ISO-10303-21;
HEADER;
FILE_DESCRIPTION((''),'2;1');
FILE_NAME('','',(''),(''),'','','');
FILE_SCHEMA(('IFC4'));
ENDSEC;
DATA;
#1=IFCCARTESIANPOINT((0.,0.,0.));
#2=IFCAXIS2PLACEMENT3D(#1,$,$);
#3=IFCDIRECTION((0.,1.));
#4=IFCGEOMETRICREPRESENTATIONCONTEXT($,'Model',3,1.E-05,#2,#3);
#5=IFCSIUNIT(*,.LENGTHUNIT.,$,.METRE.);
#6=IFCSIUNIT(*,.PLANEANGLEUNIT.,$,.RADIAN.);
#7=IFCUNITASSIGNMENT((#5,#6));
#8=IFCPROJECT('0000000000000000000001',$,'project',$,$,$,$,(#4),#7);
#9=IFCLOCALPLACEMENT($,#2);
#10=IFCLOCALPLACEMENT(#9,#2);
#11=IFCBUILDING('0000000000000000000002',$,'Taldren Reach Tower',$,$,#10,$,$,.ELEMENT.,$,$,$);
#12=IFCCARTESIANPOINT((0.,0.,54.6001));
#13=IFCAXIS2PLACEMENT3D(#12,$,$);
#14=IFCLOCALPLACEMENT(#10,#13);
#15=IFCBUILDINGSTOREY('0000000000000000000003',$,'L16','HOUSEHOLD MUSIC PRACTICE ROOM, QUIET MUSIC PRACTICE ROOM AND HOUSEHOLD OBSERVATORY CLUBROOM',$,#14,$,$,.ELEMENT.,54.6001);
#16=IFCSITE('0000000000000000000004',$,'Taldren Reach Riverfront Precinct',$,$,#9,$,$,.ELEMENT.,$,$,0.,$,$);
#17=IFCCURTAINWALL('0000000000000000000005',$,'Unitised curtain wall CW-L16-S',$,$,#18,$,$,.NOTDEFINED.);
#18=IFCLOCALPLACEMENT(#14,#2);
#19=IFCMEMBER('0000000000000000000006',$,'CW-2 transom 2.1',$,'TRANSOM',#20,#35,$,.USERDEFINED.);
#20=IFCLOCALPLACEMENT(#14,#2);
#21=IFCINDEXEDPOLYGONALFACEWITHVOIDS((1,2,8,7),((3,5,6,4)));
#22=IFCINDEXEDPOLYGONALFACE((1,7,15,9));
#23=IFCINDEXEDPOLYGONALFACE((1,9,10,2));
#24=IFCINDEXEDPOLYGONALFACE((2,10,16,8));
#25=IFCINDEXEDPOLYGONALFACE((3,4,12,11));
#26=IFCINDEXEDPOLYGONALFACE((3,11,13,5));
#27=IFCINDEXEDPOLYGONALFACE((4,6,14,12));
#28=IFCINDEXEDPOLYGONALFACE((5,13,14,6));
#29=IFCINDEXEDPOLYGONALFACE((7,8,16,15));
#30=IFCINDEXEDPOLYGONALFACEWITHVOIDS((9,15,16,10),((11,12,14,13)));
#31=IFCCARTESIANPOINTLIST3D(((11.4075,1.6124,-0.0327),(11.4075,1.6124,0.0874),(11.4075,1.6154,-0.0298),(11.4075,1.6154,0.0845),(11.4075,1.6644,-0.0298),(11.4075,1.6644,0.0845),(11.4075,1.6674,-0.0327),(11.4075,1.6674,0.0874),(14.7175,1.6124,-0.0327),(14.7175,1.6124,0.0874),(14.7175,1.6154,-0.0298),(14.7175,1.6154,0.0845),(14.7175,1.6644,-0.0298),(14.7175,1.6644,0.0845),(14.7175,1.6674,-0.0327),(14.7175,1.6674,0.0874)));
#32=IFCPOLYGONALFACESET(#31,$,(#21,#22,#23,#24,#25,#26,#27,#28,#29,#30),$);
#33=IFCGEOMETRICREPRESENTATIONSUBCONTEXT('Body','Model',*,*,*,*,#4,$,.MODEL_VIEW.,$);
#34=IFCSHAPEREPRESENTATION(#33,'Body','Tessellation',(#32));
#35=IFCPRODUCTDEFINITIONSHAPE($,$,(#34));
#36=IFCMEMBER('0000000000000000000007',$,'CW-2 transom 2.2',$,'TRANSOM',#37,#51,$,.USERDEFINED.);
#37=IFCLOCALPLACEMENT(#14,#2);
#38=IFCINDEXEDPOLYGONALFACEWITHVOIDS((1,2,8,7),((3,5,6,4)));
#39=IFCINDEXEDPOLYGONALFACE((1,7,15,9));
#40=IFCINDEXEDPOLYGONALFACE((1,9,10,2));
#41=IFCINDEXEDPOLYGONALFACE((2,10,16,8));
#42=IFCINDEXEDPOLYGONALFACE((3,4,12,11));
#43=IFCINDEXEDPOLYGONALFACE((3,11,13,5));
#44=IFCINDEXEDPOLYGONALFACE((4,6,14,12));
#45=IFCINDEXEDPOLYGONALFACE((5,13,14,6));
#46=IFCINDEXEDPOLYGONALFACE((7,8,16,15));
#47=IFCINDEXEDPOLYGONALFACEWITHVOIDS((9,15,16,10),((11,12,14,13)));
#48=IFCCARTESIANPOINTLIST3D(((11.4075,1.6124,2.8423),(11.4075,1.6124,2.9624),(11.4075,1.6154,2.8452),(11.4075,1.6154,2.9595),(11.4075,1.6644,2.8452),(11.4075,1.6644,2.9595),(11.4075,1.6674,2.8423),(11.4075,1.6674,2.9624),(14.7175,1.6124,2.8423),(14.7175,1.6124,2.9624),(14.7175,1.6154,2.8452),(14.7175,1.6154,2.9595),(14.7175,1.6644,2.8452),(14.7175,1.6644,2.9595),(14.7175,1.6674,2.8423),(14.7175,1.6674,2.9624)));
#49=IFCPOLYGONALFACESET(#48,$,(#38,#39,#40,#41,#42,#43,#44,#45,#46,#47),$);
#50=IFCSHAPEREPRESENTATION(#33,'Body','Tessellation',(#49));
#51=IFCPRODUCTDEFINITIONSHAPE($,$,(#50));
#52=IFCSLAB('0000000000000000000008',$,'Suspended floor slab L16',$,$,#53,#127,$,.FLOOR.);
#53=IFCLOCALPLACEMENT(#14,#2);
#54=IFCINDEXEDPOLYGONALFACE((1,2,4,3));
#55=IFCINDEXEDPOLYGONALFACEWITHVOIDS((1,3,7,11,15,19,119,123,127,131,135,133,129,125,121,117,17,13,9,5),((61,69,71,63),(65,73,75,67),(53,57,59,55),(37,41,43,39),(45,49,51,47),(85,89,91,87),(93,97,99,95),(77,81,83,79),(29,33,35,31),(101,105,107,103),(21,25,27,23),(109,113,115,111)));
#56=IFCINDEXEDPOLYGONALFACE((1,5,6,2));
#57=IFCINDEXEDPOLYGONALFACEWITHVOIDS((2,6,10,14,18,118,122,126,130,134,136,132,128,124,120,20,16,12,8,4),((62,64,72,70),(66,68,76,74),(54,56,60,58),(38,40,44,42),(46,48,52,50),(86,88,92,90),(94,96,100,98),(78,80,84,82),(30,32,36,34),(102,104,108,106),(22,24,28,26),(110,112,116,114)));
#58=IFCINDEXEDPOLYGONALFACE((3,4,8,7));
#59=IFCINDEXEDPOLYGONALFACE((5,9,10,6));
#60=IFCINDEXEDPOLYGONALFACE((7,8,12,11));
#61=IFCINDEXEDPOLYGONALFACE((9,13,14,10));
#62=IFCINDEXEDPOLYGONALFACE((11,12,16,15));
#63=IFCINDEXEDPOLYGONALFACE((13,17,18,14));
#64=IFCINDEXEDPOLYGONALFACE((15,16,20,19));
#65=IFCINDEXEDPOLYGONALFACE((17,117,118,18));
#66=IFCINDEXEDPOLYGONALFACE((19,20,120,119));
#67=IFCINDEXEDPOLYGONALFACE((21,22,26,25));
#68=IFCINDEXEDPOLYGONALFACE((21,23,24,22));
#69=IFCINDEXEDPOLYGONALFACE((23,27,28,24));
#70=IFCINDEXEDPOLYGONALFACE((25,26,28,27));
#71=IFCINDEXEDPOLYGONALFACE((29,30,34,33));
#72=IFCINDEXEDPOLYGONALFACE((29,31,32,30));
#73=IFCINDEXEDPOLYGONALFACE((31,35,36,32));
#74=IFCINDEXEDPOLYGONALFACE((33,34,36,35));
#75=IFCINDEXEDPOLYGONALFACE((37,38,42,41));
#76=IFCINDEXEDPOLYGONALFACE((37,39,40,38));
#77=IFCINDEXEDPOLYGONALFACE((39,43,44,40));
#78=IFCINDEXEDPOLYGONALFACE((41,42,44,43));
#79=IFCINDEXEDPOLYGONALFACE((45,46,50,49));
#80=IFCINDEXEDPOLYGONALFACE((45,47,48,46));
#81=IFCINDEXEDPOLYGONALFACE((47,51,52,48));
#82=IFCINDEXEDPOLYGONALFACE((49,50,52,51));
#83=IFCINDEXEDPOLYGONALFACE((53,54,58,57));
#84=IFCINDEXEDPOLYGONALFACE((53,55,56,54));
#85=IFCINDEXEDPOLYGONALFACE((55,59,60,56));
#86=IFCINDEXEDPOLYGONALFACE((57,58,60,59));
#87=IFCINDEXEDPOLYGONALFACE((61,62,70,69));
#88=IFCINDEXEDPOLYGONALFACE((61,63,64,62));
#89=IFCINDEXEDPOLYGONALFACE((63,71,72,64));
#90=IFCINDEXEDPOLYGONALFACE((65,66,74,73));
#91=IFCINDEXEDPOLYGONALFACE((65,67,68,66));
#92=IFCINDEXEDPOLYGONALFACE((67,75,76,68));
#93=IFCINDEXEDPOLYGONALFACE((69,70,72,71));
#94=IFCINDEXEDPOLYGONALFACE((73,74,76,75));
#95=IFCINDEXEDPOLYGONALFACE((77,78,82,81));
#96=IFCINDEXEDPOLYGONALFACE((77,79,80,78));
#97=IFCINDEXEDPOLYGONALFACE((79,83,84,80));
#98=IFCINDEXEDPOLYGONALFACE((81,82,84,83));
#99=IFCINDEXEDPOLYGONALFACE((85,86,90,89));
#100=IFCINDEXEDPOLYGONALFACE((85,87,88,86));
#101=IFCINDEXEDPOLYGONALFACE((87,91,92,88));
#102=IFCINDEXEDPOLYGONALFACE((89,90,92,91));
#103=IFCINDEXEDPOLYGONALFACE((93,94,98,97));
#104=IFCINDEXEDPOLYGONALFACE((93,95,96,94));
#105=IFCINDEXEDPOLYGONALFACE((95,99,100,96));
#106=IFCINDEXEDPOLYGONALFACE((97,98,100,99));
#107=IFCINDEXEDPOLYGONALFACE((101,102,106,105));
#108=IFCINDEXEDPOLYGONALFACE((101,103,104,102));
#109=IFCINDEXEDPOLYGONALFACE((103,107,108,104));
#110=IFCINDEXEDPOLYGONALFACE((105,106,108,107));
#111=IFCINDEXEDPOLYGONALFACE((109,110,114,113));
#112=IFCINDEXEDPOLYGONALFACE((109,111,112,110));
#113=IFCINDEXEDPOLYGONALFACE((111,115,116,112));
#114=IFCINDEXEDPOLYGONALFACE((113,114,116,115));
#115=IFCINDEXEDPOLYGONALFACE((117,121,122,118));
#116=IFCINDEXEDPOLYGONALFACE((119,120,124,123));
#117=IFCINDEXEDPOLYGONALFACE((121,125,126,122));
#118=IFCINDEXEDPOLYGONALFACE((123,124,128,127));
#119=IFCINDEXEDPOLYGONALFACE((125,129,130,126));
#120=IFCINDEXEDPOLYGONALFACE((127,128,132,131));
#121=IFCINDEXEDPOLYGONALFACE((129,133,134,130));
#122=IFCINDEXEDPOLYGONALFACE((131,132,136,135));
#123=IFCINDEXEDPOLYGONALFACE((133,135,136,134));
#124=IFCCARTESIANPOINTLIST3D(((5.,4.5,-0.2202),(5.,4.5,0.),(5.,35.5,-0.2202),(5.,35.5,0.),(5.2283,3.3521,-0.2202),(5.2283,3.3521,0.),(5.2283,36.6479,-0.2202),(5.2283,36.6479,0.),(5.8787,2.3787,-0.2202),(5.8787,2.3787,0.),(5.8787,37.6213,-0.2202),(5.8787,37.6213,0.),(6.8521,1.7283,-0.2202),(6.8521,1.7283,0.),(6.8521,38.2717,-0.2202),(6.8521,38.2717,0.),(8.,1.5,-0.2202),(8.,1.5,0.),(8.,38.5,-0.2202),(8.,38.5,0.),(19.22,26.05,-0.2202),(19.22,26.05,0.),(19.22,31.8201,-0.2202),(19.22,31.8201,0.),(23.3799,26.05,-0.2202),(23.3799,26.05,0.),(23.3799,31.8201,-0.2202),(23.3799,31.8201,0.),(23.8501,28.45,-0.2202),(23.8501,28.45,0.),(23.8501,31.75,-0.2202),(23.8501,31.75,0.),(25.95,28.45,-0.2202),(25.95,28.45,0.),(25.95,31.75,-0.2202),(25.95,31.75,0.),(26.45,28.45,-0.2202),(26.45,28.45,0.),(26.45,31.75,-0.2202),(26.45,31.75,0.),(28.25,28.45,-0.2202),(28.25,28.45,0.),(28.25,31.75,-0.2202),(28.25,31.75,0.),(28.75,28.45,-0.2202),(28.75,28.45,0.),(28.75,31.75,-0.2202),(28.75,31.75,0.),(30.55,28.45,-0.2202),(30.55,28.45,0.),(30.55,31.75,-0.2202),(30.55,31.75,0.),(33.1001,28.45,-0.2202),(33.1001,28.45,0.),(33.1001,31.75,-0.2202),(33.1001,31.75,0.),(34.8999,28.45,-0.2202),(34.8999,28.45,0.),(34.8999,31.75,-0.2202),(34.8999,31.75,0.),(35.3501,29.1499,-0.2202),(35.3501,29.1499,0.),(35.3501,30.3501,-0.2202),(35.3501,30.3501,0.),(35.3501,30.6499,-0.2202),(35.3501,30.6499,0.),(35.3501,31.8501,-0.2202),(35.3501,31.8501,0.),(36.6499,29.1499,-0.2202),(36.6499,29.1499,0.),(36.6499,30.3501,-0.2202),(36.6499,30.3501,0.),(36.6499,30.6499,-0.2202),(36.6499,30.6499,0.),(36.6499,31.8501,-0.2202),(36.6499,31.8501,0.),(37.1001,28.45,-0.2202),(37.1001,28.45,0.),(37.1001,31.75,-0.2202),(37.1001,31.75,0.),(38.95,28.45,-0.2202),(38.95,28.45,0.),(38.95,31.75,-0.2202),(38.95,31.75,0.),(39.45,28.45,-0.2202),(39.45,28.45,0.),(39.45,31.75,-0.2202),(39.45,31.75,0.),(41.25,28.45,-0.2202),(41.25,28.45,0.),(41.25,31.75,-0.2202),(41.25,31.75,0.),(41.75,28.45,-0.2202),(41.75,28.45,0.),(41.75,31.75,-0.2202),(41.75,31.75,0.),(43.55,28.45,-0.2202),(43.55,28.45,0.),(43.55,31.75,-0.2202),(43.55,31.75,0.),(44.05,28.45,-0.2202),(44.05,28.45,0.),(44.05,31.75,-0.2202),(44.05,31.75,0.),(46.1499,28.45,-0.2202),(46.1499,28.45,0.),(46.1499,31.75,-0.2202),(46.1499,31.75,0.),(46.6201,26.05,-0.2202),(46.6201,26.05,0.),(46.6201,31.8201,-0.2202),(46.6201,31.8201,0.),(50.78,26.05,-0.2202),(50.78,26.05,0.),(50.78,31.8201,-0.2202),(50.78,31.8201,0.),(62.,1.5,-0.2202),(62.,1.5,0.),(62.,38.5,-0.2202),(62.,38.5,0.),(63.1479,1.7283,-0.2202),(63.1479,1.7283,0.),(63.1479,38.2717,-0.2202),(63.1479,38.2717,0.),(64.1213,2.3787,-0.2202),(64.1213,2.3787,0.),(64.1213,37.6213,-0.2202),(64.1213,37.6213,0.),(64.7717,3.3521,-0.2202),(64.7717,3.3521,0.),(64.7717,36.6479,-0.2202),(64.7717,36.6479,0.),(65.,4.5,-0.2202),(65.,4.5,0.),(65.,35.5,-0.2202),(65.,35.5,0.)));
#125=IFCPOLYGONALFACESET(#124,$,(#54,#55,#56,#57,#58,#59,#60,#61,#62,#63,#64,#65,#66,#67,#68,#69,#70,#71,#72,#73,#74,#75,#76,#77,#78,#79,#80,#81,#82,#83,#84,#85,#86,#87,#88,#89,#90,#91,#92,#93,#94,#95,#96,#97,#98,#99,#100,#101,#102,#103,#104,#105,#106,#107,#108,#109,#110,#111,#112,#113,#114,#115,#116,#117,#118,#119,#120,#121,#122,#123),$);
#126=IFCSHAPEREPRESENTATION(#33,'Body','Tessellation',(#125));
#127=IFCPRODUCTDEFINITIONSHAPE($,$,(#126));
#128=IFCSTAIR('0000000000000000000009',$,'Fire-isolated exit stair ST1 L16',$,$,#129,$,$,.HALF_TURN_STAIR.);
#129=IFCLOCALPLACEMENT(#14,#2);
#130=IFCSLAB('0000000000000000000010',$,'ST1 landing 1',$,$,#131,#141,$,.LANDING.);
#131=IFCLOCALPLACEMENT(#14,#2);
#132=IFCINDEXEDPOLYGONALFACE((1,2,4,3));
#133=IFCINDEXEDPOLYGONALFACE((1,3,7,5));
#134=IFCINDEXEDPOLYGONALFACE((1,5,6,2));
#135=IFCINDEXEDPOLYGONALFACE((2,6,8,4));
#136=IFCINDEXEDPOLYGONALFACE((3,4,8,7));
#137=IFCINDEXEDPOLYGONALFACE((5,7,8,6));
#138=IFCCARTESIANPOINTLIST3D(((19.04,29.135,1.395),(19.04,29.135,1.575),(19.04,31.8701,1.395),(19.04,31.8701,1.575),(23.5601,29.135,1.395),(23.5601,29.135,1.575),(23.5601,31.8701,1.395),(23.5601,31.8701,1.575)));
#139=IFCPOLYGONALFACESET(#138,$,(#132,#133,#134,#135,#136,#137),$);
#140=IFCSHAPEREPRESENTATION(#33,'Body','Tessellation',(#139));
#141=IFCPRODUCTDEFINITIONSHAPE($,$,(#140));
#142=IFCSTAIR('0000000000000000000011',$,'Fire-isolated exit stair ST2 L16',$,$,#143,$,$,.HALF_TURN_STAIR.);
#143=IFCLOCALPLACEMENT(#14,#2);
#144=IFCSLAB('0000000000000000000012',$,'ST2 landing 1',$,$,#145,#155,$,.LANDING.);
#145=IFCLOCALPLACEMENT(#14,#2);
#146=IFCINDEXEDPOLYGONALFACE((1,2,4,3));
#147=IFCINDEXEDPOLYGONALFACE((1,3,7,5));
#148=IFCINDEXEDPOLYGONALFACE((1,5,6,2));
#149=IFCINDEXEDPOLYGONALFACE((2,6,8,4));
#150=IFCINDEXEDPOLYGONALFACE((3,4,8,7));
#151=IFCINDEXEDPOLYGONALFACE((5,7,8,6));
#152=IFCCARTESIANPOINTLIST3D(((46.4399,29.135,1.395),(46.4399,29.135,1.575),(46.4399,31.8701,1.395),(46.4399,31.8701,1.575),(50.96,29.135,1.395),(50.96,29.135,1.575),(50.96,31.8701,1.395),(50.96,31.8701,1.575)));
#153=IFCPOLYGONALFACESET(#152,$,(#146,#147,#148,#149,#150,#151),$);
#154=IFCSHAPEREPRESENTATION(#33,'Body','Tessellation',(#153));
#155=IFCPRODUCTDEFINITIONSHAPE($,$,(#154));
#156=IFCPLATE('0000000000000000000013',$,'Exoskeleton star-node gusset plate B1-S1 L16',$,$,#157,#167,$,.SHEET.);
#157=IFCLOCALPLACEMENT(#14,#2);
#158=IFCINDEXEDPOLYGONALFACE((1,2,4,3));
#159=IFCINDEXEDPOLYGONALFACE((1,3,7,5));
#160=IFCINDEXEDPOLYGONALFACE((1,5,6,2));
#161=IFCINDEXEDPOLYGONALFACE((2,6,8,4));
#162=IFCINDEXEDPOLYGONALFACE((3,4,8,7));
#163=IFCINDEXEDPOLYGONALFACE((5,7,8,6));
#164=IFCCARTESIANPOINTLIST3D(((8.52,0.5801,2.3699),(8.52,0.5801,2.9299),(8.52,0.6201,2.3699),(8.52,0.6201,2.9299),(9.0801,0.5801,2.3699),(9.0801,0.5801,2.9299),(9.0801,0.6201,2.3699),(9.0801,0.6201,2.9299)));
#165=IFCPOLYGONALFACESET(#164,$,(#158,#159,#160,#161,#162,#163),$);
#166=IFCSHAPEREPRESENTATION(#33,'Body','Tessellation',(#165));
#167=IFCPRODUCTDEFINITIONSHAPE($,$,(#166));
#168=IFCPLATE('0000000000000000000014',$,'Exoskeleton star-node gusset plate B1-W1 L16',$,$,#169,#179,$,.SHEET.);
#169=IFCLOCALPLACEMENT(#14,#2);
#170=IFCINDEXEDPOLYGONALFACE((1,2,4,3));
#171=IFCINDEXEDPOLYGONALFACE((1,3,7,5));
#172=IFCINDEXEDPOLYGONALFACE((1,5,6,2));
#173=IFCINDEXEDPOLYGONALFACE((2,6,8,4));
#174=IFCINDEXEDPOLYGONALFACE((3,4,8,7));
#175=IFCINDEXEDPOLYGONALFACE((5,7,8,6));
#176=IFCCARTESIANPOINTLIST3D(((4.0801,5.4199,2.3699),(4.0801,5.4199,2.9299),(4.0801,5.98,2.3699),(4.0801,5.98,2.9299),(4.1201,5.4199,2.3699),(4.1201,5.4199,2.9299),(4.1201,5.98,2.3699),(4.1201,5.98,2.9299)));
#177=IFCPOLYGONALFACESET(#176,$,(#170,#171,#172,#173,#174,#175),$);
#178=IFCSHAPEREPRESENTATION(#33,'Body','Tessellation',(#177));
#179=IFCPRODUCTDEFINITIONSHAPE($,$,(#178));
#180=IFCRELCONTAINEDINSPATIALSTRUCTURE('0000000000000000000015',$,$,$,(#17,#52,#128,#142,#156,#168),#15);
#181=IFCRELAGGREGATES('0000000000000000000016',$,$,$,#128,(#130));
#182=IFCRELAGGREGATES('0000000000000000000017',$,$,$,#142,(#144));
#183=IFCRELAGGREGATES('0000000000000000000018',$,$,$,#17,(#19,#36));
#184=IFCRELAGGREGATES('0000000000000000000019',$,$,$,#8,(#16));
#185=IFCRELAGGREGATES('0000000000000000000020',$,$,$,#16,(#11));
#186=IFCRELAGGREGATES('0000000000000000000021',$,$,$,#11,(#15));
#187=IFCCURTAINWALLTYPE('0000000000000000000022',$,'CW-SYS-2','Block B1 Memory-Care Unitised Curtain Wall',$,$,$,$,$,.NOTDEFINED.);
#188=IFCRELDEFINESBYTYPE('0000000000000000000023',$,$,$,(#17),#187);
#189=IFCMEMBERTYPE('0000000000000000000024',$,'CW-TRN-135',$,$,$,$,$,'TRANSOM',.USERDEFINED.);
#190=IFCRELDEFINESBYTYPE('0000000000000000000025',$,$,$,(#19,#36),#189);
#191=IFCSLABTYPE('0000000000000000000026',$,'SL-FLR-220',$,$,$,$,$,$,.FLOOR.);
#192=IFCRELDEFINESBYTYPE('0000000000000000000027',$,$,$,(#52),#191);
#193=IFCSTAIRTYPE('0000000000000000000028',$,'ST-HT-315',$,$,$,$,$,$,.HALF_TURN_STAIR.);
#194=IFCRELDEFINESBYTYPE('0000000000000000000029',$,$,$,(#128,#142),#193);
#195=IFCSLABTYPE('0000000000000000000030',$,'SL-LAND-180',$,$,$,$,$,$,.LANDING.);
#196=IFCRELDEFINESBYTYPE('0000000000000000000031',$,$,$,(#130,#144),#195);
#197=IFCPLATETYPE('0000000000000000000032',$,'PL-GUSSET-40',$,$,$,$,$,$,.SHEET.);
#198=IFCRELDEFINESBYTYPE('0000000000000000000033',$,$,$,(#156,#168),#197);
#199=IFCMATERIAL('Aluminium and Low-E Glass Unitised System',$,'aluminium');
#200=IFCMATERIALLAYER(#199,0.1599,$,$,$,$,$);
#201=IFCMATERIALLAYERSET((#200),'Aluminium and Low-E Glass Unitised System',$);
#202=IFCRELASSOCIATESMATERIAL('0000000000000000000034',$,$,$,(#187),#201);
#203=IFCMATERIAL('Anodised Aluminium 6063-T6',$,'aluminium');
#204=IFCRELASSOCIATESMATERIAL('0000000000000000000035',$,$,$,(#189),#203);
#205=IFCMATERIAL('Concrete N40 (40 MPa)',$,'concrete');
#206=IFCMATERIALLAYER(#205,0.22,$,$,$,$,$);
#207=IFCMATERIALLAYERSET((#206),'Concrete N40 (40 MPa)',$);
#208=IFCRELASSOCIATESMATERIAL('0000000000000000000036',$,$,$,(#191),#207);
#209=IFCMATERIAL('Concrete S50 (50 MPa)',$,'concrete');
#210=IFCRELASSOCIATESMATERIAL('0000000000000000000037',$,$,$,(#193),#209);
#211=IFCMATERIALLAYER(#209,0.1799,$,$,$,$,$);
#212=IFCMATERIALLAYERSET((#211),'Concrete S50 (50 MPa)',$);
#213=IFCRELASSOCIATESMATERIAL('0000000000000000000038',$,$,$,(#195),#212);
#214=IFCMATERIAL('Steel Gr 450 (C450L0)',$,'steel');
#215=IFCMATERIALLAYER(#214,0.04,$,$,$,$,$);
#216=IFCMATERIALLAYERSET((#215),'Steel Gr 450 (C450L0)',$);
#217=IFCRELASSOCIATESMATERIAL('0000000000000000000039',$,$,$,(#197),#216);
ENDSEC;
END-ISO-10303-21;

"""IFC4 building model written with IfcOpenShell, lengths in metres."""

from ifc_helpers import new_model, si_unit, direction, frame, origin, origin_2d, place, context, subcontext, project, spatial, polyline, rectangle, hollow_rectangle, outline, extrude, source, transform, mapped, material, layer, layer_set, material_profile, profile_set, type_object, element, aggregate, save


model = new_model("IFC4")

# Units and contexts
model_context = context("Model", 3, precision=1e-05, world=origin(), true_north=direction((0.0, 1.0)))
body_context = subcontext(model_context, "Body", "Model", "MODEL_VIEW")
ifc_project = project(units=[si_unit("LENGTHUNIT", "METRE"), si_unit("PLANEANGLEUNIT", "RADIAN")], contexts=[model_context])

# Site, building, storey
site_placement = place(None, origin())
site = spatial("IfcSite", under=ifc_project, at=site_placement, Name="Taldren Reach Riverfront Precinct", CompositionType="ELEMENT", RefElevation=0.0)
building_placement = place(site_placement, origin())
building = spatial("IfcBuilding", under=site, at=building_placement, Name="Taldren Reach Tower", CompositionType="ELEMENT")
storey_placement = place(building_placement, frame((0.0, 0.0, 54.6001)))
storey = spatial("IfcBuildingStorey", under=building, at=storey_placement, Name="L16", Description="HOUSEHOLD MUSIC PRACTICE ROOM, QUIET MUSIC PRACTICE ROOM AND HOUSEHOLD OBSERVATORY CLUBROOM", CompositionType="ELEMENT", Elevation=54.6001)

# Shared definitions
ifc_material_1 = material(Name="Steel Gr 450 (C450L0)", Category="steel")

# Curtain wall
ifc_material_2 = material(Name="Aluminium and Low-E Glass Unitised System", Category="aluminium")
ifc_layer_1 = layer(ifc_material_2, 0.1599)
ifc_layer_set_1 = layer_set([ifc_layer_1], Name="Aluminium and Low-E Glass Unitised System")
curtain_wall_type = type_object("IfcCurtainWallType", Name="CW-SYS-2", Description="Block B1 Memory-Care Unitised Curtain Wall", PredefinedType="NOTDEFINED", material=ifc_layer_set_1)
curtain_wall_1_placement = place(storey_placement, origin())
curtain_wall_1 = element("IfcCurtainWall", 1, at=curtain_wall_1_placement, inside=storey, type_object=curtain_wall_type, Name="Unitised curtain wall CW-L16-S", PredefinedType="NOTDEFINED")
ifc_material_3 = material(Name="Anodised Aluminium 6063-T6", Category="aluminium")

# Members
ifc_material_profile_1 = material_profile(ifc_material_3, hollow_rectangle(XDim=0.0549, YDim=0.1201, WallThickness=0.0029, at=origin_2d()), Name="ALU-120x55x3RHS")
ifc_profile_set_1 = profile_set([ifc_material_profile_1], Name="Anodised Aluminium 6063-T6")
member_type_1 = type_object("IfcMemberType", Name="CW-TRN-135", ElementType="TRANSOM", PredefinedType="USERDEFINED", material=ifc_profile_set_1)
shared_shape_1 = source(origin(), body_context, "Body", "SweptSolid", [
    extrude(hollow_rectangle(XDim=0.0549, YDim=0.1201, WallThickness=0.0029, at=origin_2d()), origin(), (0.0, 0.0, 1.0), 3.3101),
])
member_1_placement = place(storey_placement, frame((11.4075, 1.6399, 0.0273), z_axis=(1.0, 0.0, 0.0), x_axis=(0.0, 1.0, 0.0)))
member_1 = element("IfcMember", 2, at=member_1_placement, type_object=member_type_1, Name="CW-2 transom 2.1", ObjectType="TRANSOM", PredefinedType="USERDEFINED", context=body_context, shape_type="MappedRepresentation", body=[
    mapped(shared_shape_1, transform((0.0, 0.0, 0.0), scale=1.0)),
])
member_2_placement = place(storey_placement, frame((11.4075, 1.6399, 2.9023), z_axis=(1.0, 0.0, 0.0), x_axis=(0.0, 1.0, 0.0)))
member_2 = element("IfcMember", 3, at=member_2_placement, type_object=member_type_1, Name="CW-2 transom 2.2", ObjectType="TRANSOM", PredefinedType="USERDEFINED", context=body_context, shape_type="MappedRepresentation", body=[
    mapped(shared_shape_1, transform((0.0, 0.0, 0.0), scale=1.0)),
])

# Slab
ifc_material_4 = material(Name="Concrete N40 (40 MPa)", Category="concrete")
ifc_layer_2 = layer(ifc_material_4, 0.22)
ifc_layer_set_2 = layer_set([ifc_layer_2], Name="Concrete N40 (40 MPa)")
slab_type_1 = type_object("IfcSlabType", Name="SL-FLR-220", PredefinedType="FLOOR", material=ifc_layer_set_2)
slab_1_placement = place(storey_placement, frame((0.0, 0.0, -0.2202)))
element("IfcSlab", 4, at=slab_1_placement, inside=storey, type_object=slab_type_1, Name="Suspended floor slab L16", PredefinedType="FLOOR", context=body_context, shape_type="SweptSolid", body=[
    extrude(outline(polyline([(62.0, 1.5), (63.1479, 1.7283), (64.1213, 2.3787), (64.7717, 3.3521), (65.0, 4.5), (65.0, 35.5), (64.7717, 36.6479), (64.1213, 37.6213), (63.1479, 38.2717), (62.0, 38.5), (8.0, 38.5), (6.8521, 38.2717), (5.8787, 37.6213), (5.2283, 36.6479), (5.0, 35.5), (5.0, 4.5), (5.2283, 3.3521), (5.8787, 2.3787), (6.8521, 1.7283), (8.0, 1.5), (62.0, 1.5)]), holes=[polyline([(19.22, 26.05), (23.3799, 26.05), (23.3799, 31.8201), (19.22, 31.8201), (19.22, 26.05)]), polyline([(46.6201, 26.05), (50.78, 26.05), (50.78, 31.8201), (46.6201, 31.8201), (46.6201, 26.05)]), polyline([(23.8501, 28.45), (25.95, 28.45), (25.95, 31.75), (23.8501, 31.75), (23.8501, 28.45)]), polyline([(44.05, 28.45), (46.1499, 28.45), (46.1499, 31.75), (44.05, 31.75), (44.05, 28.45)]), polyline([(26.45, 28.45), (28.25, 28.45), (28.25, 31.75), (26.45, 31.75), (26.45, 28.45)]), polyline([(28.75, 28.45), (30.55, 28.45), (30.55, 31.75), (28.75, 31.75), (28.75, 28.45)]), polyline([(33.1001, 28.45), (34.8999, 28.45), (34.8999, 31.75), (33.1001, 31.75), (33.1001, 28.45)]), polyline([(37.1001, 28.45), (38.95, 28.45), (38.95, 31.75), (37.1001, 31.75), (37.1001, 28.45)]), polyline([(39.45, 28.45), (41.25, 28.45), (41.25, 31.75), (39.45, 31.75), (39.45, 28.45)]), polyline([(41.75, 28.45), (43.55, 28.45), (43.55, 31.75), (41.75, 31.75), (41.75, 28.45)]), polyline([(35.3501, 30.6499), (36.6499, 30.6499), (36.6499, 31.8501), (35.3501, 31.8501), (35.3501, 30.6499)]), polyline([(35.3501, 29.1499), (36.6499, 29.1499), (36.6499, 30.3501), (35.3501, 30.3501), (35.3501, 29.1499)])]), origin(), (0.0, 0.0, 1.0), 0.2202),
])

# Stairs, slabs
ifc_material_5 = material(Name="Concrete S50 (50 MPa)", Category="concrete")
stair_type = type_object("IfcStairType", Name="ST-HT-315", PredefinedType="HALF_TURN_STAIR", material=ifc_material_5)
stair_1_placement = place(storey_placement, origin())
stair_1 = element("IfcStair", 5, at=stair_1_placement, inside=storey, type_object=stair_type, Name="Fire-isolated exit stair ST1 L16", PredefinedType="HALF_TURN_STAIR")
ifc_layer_3 = layer(ifc_material_5, 0.1799)
ifc_layer_set_3 = layer_set([ifc_layer_3], Name="Concrete S50 (50 MPa)")
slab_type_2 = type_object("IfcSlabType", Name="SL-LAND-180", PredefinedType="LANDING", material=ifc_layer_set_3)
slab_2_placement = place(storey_placement, frame((0.0, 0.0, 1.395)))
slab_2 = element("IfcSlab", 6, at=slab_2_placement, type_object=slab_type_2, Name="ST1 landing 1", PredefinedType="LANDING", context=body_context, shape_type="SweptSolid", body=[
    extrude(outline(polyline([(19.04, 29.135), (23.5601, 29.135), (23.5601, 31.8701), (19.04, 31.8701), (19.04, 29.135)])), origin(), (0.0, 0.0, 1.0), 0.1799),
])
aggregate(stair_1, [slab_2])
stair_2_placement = place(storey_placement, origin())
stair_2 = element("IfcStair", 7, at=stair_2_placement, inside=storey, type_object=stair_type, Name="Fire-isolated exit stair ST2 L16", PredefinedType="HALF_TURN_STAIR")
slab_3_placement = place(storey_placement, frame((0.0, 0.0, 1.395)))
slab_3 = element("IfcSlab", 8, at=slab_3_placement, type_object=slab_type_2, Name="ST2 landing 1", PredefinedType="LANDING", context=body_context, shape_type="SweptSolid", body=[
    extrude(outline(polyline([(46.4399, 29.135), (50.96, 29.135), (50.96, 31.8701), (46.4399, 31.8701), (46.4399, 29.135)])), origin(), (0.0, 0.0, 1.0), 0.1799),
])
aggregate(stair_2, [slab_3])

# Plates
ifc_layer_4 = layer(ifc_material_1, 0.04)
ifc_layer_set_4 = layer_set([ifc_layer_4], Name="Steel Gr 450 (C450L0)")
plate_type_1 = type_object("IfcPlateType", Name="PL-GUSSET-40", PredefinedType="SHEET", material=ifc_layer_set_4)
shared_shape_2 = source(origin(), body_context, "Body", "SweptSolid", [
    extrude(rectangle(XDim=0.5601, YDim=0.04, at=origin_2d()), origin(), (0.0, 0.0, 1.0), 0.5601),
])
for number, where, z_axis, x_axis, name in (
    (9, (8.8, 0.6001, 2.3699), (0.0, 0.0, 1.0), (1.0, 0.0, 0.0), "Exoskeleton star-node gusset plate B1-S1 L16"),
    (10, (4.1001, 5.7, 2.3699), (0.0, 0.0, 1.0), (0.0, 1.0, 0.0), "Exoskeleton star-node gusset plate B1-W1 L16"),
):
    element("IfcPlate", number, at=place(storey_placement, frame(where, z_axis=z_axis, x_axis=x_axis)), inside=storey, type_object=plate_type_1, Name=name, PredefinedType="SHEET", context=body_context, shape_type="MappedRepresentation", body=[
        mapped(shared_shape_2, transform((0.0, 0.0, 0.0), scale=1.0)),
    ])

aggregate(curtain_wall_1, [member_1, member_2])

save(model, "model.ifc")
